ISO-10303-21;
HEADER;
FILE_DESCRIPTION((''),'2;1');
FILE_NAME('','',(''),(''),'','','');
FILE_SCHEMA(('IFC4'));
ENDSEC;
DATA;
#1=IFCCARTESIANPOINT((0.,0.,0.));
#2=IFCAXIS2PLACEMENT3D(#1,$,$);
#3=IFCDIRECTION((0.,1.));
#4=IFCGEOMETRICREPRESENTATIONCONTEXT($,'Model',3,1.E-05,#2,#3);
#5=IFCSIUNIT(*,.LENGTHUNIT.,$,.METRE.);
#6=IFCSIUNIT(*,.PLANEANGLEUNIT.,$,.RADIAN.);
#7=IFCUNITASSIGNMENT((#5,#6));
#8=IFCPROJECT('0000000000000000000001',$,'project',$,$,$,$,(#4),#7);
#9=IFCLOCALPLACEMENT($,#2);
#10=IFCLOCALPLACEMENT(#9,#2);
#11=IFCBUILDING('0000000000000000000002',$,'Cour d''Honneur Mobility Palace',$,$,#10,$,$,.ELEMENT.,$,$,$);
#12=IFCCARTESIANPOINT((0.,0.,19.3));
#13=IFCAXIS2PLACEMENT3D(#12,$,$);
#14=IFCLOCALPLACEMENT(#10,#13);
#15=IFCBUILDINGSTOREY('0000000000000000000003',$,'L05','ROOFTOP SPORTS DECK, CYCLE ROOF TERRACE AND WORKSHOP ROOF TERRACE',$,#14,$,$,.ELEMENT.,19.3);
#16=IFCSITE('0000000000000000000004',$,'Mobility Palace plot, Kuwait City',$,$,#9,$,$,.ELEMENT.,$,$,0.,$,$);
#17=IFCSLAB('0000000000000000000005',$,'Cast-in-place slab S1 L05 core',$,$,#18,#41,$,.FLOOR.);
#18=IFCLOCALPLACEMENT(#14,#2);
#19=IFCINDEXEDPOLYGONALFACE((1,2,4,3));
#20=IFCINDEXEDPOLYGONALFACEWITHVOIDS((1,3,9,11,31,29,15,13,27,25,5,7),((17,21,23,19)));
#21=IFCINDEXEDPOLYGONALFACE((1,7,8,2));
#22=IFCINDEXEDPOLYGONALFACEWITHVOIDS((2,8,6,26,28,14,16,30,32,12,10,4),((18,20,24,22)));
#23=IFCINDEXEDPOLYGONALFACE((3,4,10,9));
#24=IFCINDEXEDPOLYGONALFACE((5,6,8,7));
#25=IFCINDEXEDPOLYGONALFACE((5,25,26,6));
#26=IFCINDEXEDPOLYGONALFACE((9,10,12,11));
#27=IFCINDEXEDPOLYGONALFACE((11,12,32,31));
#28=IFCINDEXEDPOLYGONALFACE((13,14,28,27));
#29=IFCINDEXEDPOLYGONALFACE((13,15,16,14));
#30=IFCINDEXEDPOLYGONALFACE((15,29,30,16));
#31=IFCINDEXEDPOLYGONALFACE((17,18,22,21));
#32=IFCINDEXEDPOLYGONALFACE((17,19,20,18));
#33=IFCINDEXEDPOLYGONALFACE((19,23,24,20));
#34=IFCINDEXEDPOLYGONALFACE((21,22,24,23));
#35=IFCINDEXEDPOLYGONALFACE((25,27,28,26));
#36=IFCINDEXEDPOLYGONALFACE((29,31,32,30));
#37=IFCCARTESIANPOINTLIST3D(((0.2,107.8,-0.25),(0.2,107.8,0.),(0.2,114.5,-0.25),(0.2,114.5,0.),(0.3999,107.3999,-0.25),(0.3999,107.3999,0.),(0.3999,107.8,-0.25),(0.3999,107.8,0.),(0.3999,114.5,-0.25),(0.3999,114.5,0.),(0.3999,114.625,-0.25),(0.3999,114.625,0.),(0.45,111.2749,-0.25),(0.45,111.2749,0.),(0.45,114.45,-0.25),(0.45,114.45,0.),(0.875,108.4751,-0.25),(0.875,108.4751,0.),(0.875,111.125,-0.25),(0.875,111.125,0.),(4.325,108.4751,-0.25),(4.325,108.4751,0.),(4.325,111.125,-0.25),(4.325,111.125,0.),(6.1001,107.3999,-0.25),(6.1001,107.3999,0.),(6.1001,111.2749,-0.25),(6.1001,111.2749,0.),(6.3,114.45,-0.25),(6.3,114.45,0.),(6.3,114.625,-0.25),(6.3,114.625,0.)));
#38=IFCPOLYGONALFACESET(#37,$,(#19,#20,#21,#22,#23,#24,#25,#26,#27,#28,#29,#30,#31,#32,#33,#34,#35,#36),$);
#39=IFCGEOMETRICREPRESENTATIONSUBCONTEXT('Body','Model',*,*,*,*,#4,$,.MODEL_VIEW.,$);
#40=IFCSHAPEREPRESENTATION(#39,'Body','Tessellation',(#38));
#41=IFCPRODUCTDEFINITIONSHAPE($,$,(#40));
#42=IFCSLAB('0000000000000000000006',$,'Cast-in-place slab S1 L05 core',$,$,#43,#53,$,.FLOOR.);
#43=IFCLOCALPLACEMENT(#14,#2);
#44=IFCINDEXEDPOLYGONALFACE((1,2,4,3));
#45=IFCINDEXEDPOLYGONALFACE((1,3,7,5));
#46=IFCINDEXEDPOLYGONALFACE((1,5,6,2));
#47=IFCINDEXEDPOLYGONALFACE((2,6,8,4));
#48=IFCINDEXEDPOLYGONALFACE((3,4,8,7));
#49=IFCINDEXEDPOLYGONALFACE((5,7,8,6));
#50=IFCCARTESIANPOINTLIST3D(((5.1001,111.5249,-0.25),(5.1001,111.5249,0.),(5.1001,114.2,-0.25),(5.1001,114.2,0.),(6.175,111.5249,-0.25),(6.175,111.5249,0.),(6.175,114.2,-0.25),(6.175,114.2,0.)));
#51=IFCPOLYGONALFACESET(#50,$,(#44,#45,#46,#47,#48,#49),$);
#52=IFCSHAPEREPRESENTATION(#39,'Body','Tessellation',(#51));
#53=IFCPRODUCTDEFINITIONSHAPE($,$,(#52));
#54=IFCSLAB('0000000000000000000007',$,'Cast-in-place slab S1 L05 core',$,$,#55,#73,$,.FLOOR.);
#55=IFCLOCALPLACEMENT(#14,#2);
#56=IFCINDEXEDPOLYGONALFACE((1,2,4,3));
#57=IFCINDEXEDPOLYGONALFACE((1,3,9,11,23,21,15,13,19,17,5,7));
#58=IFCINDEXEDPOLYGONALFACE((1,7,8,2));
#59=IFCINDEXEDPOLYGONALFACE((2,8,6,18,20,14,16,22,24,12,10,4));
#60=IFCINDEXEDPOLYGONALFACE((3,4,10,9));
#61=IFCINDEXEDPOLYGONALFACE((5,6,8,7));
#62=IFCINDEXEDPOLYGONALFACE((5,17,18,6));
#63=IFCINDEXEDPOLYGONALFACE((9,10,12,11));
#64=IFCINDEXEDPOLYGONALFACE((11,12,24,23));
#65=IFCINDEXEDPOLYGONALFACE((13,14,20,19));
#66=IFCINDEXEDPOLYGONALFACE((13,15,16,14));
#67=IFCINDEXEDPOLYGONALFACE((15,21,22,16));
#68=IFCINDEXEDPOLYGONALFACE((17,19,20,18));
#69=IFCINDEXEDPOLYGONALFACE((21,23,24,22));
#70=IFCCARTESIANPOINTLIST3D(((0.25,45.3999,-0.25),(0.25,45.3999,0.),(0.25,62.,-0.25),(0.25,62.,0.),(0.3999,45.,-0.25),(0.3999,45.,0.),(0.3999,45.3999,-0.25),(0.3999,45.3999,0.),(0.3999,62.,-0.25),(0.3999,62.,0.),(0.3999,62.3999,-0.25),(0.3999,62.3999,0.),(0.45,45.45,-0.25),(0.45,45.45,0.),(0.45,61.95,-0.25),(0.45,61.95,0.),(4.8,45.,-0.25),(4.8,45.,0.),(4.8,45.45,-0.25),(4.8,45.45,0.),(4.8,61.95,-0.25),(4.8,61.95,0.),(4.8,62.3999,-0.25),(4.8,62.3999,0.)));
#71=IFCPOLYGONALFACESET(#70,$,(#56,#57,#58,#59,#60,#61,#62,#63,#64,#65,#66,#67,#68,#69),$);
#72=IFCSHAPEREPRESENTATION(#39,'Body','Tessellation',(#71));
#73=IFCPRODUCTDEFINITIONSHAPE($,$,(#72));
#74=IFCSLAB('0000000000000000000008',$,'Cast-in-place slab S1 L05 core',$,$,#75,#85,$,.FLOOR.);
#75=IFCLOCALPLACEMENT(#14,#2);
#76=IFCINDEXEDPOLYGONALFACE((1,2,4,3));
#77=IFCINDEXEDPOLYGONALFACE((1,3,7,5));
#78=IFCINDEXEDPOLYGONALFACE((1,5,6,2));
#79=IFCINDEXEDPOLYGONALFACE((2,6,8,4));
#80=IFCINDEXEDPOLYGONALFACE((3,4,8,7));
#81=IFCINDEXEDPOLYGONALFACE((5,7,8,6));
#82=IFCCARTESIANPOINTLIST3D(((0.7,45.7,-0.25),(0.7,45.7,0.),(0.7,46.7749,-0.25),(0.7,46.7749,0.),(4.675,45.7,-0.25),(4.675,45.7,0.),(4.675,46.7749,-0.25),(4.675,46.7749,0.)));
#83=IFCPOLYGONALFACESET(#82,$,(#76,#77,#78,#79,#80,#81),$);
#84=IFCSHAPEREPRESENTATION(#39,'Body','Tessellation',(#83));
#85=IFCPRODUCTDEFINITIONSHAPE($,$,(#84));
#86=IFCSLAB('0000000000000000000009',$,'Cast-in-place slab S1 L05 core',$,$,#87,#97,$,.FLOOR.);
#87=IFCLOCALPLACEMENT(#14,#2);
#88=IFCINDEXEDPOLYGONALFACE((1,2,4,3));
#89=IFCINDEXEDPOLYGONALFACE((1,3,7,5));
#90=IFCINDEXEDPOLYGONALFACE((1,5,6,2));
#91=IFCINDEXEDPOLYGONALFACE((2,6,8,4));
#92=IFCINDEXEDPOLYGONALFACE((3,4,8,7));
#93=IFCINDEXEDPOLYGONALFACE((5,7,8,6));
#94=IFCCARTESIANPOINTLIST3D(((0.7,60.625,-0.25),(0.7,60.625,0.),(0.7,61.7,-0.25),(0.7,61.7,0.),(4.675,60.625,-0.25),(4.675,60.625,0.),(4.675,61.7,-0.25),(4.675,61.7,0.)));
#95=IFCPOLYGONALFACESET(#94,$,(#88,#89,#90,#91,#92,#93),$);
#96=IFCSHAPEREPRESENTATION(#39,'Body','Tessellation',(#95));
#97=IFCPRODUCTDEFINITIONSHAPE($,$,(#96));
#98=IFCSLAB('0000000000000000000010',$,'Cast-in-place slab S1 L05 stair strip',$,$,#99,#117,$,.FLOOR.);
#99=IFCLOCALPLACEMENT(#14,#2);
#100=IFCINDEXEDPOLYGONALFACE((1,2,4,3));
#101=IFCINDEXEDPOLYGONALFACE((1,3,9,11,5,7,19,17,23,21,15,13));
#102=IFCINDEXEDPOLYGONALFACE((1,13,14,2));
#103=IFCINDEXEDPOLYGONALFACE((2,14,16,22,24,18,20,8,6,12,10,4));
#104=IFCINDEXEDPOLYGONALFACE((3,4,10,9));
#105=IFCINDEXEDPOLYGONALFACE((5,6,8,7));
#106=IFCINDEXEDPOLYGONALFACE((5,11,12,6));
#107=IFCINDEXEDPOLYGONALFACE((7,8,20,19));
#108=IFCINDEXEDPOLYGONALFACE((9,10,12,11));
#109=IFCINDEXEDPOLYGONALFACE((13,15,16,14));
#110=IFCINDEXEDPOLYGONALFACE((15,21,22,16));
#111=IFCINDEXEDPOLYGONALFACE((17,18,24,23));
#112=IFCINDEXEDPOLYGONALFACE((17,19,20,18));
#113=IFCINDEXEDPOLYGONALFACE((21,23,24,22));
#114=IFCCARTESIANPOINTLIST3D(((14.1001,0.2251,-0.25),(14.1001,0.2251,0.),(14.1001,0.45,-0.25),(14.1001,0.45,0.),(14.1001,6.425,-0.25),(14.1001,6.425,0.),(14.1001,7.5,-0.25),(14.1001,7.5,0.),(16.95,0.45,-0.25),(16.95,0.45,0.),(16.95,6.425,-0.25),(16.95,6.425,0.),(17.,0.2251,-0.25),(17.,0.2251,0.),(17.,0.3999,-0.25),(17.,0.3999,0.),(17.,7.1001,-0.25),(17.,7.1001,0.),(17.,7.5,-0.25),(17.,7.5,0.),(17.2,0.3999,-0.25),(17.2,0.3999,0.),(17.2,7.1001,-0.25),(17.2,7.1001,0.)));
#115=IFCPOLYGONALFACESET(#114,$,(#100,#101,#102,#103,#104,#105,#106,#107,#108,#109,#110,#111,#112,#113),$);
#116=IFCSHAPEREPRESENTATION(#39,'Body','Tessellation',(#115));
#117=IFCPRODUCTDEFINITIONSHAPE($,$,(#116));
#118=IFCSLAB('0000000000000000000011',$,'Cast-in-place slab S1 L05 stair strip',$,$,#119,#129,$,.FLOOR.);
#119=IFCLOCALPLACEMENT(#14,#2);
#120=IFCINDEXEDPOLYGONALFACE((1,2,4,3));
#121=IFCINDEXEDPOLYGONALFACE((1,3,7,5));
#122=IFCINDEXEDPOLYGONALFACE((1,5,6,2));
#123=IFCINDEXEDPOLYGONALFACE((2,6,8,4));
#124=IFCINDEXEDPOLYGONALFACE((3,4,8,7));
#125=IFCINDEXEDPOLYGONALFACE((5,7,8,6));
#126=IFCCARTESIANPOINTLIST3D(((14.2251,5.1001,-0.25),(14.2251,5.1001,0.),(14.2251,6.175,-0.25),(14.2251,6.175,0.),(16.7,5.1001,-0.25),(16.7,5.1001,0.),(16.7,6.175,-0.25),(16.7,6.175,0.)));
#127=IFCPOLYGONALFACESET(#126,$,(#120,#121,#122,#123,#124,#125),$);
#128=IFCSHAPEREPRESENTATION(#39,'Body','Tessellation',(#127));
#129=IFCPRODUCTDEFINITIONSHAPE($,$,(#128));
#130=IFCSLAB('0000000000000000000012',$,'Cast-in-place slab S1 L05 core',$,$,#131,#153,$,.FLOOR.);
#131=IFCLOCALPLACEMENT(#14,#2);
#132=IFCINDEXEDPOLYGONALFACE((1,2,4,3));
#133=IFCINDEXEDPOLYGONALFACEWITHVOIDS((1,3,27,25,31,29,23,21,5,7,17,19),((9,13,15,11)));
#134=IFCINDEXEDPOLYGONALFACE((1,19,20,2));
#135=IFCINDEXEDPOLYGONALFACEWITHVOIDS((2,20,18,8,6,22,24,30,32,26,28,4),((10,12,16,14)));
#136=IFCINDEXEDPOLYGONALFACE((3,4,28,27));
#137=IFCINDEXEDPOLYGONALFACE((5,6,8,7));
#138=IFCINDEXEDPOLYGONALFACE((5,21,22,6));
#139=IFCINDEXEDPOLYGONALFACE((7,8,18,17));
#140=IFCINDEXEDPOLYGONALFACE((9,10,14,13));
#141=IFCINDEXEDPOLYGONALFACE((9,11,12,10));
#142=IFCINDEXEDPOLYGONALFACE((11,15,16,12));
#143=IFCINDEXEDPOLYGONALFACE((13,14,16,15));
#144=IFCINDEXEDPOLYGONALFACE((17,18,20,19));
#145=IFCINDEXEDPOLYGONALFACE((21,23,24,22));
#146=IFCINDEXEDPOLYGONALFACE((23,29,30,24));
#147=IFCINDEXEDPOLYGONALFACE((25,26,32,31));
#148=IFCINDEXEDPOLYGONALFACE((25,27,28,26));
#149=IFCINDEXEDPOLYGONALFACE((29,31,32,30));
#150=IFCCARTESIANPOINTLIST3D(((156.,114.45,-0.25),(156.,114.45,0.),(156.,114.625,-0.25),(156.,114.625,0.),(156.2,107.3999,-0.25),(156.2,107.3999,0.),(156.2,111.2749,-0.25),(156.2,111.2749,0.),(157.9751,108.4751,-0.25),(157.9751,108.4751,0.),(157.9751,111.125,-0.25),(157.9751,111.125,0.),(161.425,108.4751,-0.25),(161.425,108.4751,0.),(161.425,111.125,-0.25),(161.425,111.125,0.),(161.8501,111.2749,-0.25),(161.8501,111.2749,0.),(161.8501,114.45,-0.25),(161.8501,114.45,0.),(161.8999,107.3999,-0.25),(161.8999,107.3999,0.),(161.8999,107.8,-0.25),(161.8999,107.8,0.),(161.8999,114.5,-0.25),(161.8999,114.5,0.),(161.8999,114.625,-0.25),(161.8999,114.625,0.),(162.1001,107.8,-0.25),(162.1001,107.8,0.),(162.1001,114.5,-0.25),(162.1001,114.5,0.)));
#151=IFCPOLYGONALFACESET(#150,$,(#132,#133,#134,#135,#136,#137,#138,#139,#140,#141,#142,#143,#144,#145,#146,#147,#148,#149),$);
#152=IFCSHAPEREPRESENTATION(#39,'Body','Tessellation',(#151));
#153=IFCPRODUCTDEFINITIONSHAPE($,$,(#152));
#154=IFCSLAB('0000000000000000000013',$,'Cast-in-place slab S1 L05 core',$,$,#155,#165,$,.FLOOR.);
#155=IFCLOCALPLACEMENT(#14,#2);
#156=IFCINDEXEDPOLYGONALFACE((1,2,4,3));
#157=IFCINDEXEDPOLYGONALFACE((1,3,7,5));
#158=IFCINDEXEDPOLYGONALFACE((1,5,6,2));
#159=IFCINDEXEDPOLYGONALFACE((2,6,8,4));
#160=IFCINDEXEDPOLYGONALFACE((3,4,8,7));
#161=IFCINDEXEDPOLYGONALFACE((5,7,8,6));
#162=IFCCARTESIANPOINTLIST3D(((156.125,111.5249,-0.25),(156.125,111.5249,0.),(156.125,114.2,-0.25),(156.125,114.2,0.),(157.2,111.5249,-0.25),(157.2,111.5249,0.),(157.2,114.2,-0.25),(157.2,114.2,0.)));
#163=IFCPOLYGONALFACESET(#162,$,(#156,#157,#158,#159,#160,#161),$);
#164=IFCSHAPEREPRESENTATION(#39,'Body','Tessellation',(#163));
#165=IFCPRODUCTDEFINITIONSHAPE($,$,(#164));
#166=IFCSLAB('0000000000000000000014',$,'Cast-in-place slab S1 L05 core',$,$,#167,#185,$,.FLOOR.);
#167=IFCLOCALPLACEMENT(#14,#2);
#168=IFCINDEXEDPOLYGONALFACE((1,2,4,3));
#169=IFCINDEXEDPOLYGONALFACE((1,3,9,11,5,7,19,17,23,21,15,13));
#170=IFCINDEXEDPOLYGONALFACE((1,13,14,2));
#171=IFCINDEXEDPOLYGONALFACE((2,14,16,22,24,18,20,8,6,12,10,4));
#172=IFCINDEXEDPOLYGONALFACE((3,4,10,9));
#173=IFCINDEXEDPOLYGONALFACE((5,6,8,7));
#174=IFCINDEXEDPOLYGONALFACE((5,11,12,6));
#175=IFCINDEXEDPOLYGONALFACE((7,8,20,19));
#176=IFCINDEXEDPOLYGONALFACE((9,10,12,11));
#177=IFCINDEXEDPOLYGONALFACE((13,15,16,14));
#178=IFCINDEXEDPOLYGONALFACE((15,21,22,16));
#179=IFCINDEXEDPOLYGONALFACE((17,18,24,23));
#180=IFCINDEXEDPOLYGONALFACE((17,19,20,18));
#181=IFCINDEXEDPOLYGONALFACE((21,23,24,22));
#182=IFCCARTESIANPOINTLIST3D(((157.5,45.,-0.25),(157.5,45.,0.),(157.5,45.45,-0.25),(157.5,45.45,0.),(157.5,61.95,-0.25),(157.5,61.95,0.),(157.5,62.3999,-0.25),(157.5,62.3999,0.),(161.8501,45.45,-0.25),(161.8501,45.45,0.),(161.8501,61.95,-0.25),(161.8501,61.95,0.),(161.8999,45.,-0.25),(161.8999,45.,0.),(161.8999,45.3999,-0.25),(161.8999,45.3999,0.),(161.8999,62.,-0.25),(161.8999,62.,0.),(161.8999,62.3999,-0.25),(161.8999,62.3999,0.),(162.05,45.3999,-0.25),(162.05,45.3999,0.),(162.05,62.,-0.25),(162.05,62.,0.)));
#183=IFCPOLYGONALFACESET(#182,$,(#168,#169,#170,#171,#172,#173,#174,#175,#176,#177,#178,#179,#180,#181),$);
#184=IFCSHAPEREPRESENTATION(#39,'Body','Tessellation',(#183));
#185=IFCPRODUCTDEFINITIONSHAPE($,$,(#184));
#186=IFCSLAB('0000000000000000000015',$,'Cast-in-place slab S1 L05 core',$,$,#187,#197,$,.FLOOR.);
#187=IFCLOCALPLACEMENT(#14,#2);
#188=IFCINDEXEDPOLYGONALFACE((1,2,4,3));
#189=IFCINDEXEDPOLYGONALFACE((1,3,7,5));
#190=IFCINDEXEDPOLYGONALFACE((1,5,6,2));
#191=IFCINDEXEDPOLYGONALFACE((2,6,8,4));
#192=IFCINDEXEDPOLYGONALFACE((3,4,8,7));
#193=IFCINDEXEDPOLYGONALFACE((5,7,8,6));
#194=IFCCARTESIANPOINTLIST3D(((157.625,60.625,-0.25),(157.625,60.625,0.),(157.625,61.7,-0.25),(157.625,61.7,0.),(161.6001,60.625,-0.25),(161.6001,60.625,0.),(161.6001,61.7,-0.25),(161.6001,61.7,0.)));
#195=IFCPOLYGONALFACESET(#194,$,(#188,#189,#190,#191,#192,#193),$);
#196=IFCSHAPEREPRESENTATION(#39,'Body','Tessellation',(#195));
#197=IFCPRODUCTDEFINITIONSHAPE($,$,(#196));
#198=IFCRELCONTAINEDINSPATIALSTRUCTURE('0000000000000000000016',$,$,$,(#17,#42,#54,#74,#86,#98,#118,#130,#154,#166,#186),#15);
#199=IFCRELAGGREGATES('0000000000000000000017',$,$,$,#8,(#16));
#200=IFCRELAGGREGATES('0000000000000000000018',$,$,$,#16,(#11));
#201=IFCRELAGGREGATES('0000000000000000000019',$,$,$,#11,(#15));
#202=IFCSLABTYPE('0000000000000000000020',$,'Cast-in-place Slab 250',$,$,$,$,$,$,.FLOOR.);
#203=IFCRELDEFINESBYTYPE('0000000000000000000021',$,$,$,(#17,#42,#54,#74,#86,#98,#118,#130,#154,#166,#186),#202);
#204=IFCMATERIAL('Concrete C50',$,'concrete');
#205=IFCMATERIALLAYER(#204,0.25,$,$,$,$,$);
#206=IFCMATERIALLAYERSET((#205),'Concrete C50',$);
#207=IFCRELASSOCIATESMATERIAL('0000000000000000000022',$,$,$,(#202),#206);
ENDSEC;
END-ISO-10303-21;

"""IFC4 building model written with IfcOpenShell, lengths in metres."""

from ifc_helpers import new_model, si_unit, direction, frame, origin, place, context, subcontext, project, spatial, polyline, outline, extrude, material, layer, layer_set, type_object, element, save


model = new_model("IFC4")

# Units and contexts
model_context = context("Model", 3, precision=1e-05, world=origin(), true_north=direction((0.0, 1.0)))
body_context = subcontext(model_context, "Body", "Model", "MODEL_VIEW")
ifc_project = project(units=[si_unit("LENGTHUNIT", "METRE"), si_unit("PLANEANGLEUNIT", "RADIAN")], contexts=[model_context])

# Site, building, storey
site_placement = place(None, origin())
site = spatial("IfcSite", under=ifc_project, at=site_placement, Name="Mobility Palace plot, Kuwait City", CompositionType="ELEMENT", RefElevation=0.0)
building_placement = place(site_placement, origin())
building = spatial("IfcBuilding", under=site, at=building_placement, Name="Cour d'Honneur Mobility Palace", CompositionType="ELEMENT")
storey_placement = place(building_placement, frame((0.0, 0.0, 19.3)))
storey = spatial("IfcBuildingStorey", under=building, at=storey_placement, Name="L05", Description="ROOFTOP SPORTS DECK, CYCLE ROOF TERRACE AND WORKSHOP ROOF TERRACE", CompositionType="ELEMENT", Elevation=19.3)

# Slabs
ifc_material_1 = material(Name="Concrete C50", Category="concrete")
ifc_layer_1 = layer(ifc_material_1, 0.25)
ifc_layer_set_1 = layer_set([ifc_layer_1], Name="Concrete C50")
slab_type_1 = type_object("IfcSlabType", Name="Cast-in-place Slab 250", PredefinedType="FLOOR", material=ifc_layer_set_1)
slab_1_placement = place(storey_placement, frame((0.0, 0.0, -0.25)))
element("IfcSlab", 1, at=slab_1_placement, inside=storey, type_object=slab_type_1, Name="Cast-in-place slab S1 L05 core", PredefinedType="FLOOR", context=body_context, shape_type="SweptSolid", body=[
    extrude(outline(polyline([(0.45, 114.45), (0.45, 111.2749), (6.1001, 111.2749), (6.1001, 107.3999), (0.3999, 107.3999), (0.3999, 107.8), (0.2, 107.8), (0.2, 114.5), (0.3999, 114.5), (0.3999, 114.625), (6.3, 114.625), (6.3, 114.45), (0.45, 114.45)]), holes=[polyline([(0.875, 111.125), (0.875, 108.4751), (4.325, 108.4751), (4.325, 111.125), (0.875, 111.125)])]), origin(), (0.0, 0.0, 1.0), 0.25),
])
slab_2_placement = place(storey_placement, frame((0.0, 0.0, -0.25)))
element("IfcSlab", 2, at=slab_2_placement, inside=storey, type_object=slab_type_1, Name="Cast-in-place slab S1 L05 core", PredefinedType="FLOOR", context=body_context, shape_type="SweptSolid", body=[
    extrude(outline(polyline([(6.175, 111.5249), (5.1001, 111.5249), (5.1001, 114.2), (6.175, 114.2), (6.175, 111.5249)])), origin(), (0.0, 0.0, 1.0), 0.25),
])
slab_3_placement = place(storey_placement, frame((0.0, 0.0, -0.25)))
element("IfcSlab", 3, at=slab_3_placement, inside=storey, type_object=slab_type_1, Name="Cast-in-place slab S1 L05 core", PredefinedType="FLOOR", context=body_context, shape_type="SweptSolid", body=[
    extrude(outline(polyline([(0.3999, 45.3999), (0.25, 45.3999), (0.25, 62.0), (0.3999, 62.0), (0.3999, 62.3999), (4.8, 62.3999), (4.8, 61.95), (0.45, 61.95), (0.45, 45.45), (4.8, 45.45), (4.8, 45.0), (0.3999, 45.0), (0.3999, 45.3999)])), origin(), (0.0, 0.0, 1.0), 0.25),
])
slab_4_placement = place(storey_placement, frame((0.0, 0.0, -0.25)))
element("IfcSlab", 4, at=slab_4_placement, inside=storey, type_object=slab_type_1, Name="Cast-in-place slab S1 L05 core", PredefinedType="FLOOR", context=body_context, shape_type="SweptSolid", body=[
    extrude(outline(polyline([(0.7, 45.7), (0.7, 46.7749), (4.675, 46.7749), (4.675, 45.7), (0.7, 45.7)])), origin(), (0.0, 0.0, 1.0), 0.25),
])
slab_5_placement = place(storey_placement, frame((0.0, 0.0, -0.25)))
element("IfcSlab", 5, at=slab_5_placement, inside=storey, type_object=slab_type_1, Name="Cast-in-place slab S1 L05 core", PredefinedType="FLOOR", context=body_context, shape_type="SweptSolid", body=[
    extrude(outline(polyline([(4.675, 60.625), (0.7, 60.625), (0.7, 61.7), (4.675, 61.7), (4.675, 60.625)])), origin(), (0.0, 0.0, 1.0), 0.25),
])
slab_6_placement = place(storey_placement, frame((0.0, 0.0, -0.25)))
element("IfcSlab", 6, at=slab_6_placement, inside=storey, type_object=slab_type_1, Name="Cast-in-place slab S1 L05 stair strip", PredefinedType="FLOOR", context=body_context, shape_type="SweptSolid", body=[
    extrude(outline(polyline([(17.0, 7.1001), (17.2, 7.1001), (17.2, 0.3999), (17.0, 0.3999), (17.0, 0.2251), (14.1001, 0.2251), (14.1001, 0.45), (16.95, 0.45), (16.95, 6.425), (14.1001, 6.425), (14.1001, 7.5), (17.0, 7.5), (17.0, 7.1001)])), origin(), (0.0, 0.0, 1.0), 0.25),
])
slab_7_placement = place(storey_placement, frame((0.0, 0.0, -0.25)))
element("IfcSlab", 7, at=slab_7_placement, inside=storey, type_object=slab_type_1, Name="Cast-in-place slab S1 L05 stair strip", PredefinedType="FLOOR", context=body_context, shape_type="SweptSolid", body=[
    extrude(outline(polyline([(14.2251, 5.1001), (14.2251, 6.175), (16.7, 6.175), (16.7, 5.1001), (14.2251, 5.1001)])), origin(), (0.0, 0.0, 1.0), 0.25),
])
slab_8_placement = place(storey_placement, frame((0.0, 0.0, -0.25)))
element("IfcSlab", 8, at=slab_8_placement, inside=storey, type_object=slab_type_1, Name="Cast-in-place slab S1 L05 core", PredefinedType="FLOOR", context=body_context, shape_type="SweptSolid", body=[
    extrude(outline(polyline([(161.8999, 114.5), (162.1001, 114.5), (162.1001, 107.8), (161.8999, 107.8), (161.8999, 107.3999), (156.2, 107.3999), (156.2, 111.2749), (161.8501, 111.2749), (161.8501, 114.45), (156.0, 114.45), (156.0, 114.625), (161.8999, 114.625), (161.8999, 114.5)]), holes=[polyline([(161.425, 111.125), (157.9751, 111.125), (157.9751, 108.4751), (161.425, 108.4751), (161.425, 111.125)])]), origin(), (0.0, 0.0, 1.0), 0.25),
])
slab_9_placement = place(storey_placement, frame((0.0, 0.0, -0.25)))
element("IfcSlab", 9, at=slab_9_placement, inside=storey, type_object=slab_type_1, Name="Cast-in-place slab S1 L05 core", PredefinedType="FLOOR", context=body_context, shape_type="SweptSolid", body=[
    extrude(outline(polyline([(156.125, 114.2), (157.2, 114.2), (157.2, 111.5249), (156.125, 111.5249), (156.125, 114.2)])), origin(), (0.0, 0.0, 1.0), 0.25),
])
slab_10_placement = place(storey_placement, frame((0.0, 0.0, -0.25)))
element("IfcSlab", 10, at=slab_10_placement, inside=storey, type_object=slab_type_1, Name="Cast-in-place slab S1 L05 core", PredefinedType="FLOOR", context=body_context, shape_type="SweptSolid", body=[
    extrude(outline(polyline([(161.8999, 62.0), (162.05, 62.0), (162.05, 45.3999), (161.8999, 45.3999), (161.8999, 45.0), (157.5, 45.0), (157.5, 45.45), (161.8501, 45.45), (161.8501, 61.95), (157.5, 61.95), (157.5, 62.3999), (161.8999, 62.3999), (161.8999, 62.0)])), origin(), (0.0, 0.0, 1.0), 0.25),
])
slab_11_placement = place(storey_placement, frame((0.0, 0.0, -0.25)))
element("IfcSlab", 11, at=slab_11_placement, inside=storey, type_object=slab_type_1, Name="Cast-in-place slab S1 L05 core", PredefinedType="FLOOR", context=body_context, shape_type="SweptSolid", body=[
    extrude(outline(polyline([(161.6001, 61.7), (161.6001, 60.625), (157.625, 60.625), (157.625, 61.7), (161.6001, 61.7)])), origin(), (0.0, 0.0, 1.0), 0.25),
])

save(model, "model.ifc")
